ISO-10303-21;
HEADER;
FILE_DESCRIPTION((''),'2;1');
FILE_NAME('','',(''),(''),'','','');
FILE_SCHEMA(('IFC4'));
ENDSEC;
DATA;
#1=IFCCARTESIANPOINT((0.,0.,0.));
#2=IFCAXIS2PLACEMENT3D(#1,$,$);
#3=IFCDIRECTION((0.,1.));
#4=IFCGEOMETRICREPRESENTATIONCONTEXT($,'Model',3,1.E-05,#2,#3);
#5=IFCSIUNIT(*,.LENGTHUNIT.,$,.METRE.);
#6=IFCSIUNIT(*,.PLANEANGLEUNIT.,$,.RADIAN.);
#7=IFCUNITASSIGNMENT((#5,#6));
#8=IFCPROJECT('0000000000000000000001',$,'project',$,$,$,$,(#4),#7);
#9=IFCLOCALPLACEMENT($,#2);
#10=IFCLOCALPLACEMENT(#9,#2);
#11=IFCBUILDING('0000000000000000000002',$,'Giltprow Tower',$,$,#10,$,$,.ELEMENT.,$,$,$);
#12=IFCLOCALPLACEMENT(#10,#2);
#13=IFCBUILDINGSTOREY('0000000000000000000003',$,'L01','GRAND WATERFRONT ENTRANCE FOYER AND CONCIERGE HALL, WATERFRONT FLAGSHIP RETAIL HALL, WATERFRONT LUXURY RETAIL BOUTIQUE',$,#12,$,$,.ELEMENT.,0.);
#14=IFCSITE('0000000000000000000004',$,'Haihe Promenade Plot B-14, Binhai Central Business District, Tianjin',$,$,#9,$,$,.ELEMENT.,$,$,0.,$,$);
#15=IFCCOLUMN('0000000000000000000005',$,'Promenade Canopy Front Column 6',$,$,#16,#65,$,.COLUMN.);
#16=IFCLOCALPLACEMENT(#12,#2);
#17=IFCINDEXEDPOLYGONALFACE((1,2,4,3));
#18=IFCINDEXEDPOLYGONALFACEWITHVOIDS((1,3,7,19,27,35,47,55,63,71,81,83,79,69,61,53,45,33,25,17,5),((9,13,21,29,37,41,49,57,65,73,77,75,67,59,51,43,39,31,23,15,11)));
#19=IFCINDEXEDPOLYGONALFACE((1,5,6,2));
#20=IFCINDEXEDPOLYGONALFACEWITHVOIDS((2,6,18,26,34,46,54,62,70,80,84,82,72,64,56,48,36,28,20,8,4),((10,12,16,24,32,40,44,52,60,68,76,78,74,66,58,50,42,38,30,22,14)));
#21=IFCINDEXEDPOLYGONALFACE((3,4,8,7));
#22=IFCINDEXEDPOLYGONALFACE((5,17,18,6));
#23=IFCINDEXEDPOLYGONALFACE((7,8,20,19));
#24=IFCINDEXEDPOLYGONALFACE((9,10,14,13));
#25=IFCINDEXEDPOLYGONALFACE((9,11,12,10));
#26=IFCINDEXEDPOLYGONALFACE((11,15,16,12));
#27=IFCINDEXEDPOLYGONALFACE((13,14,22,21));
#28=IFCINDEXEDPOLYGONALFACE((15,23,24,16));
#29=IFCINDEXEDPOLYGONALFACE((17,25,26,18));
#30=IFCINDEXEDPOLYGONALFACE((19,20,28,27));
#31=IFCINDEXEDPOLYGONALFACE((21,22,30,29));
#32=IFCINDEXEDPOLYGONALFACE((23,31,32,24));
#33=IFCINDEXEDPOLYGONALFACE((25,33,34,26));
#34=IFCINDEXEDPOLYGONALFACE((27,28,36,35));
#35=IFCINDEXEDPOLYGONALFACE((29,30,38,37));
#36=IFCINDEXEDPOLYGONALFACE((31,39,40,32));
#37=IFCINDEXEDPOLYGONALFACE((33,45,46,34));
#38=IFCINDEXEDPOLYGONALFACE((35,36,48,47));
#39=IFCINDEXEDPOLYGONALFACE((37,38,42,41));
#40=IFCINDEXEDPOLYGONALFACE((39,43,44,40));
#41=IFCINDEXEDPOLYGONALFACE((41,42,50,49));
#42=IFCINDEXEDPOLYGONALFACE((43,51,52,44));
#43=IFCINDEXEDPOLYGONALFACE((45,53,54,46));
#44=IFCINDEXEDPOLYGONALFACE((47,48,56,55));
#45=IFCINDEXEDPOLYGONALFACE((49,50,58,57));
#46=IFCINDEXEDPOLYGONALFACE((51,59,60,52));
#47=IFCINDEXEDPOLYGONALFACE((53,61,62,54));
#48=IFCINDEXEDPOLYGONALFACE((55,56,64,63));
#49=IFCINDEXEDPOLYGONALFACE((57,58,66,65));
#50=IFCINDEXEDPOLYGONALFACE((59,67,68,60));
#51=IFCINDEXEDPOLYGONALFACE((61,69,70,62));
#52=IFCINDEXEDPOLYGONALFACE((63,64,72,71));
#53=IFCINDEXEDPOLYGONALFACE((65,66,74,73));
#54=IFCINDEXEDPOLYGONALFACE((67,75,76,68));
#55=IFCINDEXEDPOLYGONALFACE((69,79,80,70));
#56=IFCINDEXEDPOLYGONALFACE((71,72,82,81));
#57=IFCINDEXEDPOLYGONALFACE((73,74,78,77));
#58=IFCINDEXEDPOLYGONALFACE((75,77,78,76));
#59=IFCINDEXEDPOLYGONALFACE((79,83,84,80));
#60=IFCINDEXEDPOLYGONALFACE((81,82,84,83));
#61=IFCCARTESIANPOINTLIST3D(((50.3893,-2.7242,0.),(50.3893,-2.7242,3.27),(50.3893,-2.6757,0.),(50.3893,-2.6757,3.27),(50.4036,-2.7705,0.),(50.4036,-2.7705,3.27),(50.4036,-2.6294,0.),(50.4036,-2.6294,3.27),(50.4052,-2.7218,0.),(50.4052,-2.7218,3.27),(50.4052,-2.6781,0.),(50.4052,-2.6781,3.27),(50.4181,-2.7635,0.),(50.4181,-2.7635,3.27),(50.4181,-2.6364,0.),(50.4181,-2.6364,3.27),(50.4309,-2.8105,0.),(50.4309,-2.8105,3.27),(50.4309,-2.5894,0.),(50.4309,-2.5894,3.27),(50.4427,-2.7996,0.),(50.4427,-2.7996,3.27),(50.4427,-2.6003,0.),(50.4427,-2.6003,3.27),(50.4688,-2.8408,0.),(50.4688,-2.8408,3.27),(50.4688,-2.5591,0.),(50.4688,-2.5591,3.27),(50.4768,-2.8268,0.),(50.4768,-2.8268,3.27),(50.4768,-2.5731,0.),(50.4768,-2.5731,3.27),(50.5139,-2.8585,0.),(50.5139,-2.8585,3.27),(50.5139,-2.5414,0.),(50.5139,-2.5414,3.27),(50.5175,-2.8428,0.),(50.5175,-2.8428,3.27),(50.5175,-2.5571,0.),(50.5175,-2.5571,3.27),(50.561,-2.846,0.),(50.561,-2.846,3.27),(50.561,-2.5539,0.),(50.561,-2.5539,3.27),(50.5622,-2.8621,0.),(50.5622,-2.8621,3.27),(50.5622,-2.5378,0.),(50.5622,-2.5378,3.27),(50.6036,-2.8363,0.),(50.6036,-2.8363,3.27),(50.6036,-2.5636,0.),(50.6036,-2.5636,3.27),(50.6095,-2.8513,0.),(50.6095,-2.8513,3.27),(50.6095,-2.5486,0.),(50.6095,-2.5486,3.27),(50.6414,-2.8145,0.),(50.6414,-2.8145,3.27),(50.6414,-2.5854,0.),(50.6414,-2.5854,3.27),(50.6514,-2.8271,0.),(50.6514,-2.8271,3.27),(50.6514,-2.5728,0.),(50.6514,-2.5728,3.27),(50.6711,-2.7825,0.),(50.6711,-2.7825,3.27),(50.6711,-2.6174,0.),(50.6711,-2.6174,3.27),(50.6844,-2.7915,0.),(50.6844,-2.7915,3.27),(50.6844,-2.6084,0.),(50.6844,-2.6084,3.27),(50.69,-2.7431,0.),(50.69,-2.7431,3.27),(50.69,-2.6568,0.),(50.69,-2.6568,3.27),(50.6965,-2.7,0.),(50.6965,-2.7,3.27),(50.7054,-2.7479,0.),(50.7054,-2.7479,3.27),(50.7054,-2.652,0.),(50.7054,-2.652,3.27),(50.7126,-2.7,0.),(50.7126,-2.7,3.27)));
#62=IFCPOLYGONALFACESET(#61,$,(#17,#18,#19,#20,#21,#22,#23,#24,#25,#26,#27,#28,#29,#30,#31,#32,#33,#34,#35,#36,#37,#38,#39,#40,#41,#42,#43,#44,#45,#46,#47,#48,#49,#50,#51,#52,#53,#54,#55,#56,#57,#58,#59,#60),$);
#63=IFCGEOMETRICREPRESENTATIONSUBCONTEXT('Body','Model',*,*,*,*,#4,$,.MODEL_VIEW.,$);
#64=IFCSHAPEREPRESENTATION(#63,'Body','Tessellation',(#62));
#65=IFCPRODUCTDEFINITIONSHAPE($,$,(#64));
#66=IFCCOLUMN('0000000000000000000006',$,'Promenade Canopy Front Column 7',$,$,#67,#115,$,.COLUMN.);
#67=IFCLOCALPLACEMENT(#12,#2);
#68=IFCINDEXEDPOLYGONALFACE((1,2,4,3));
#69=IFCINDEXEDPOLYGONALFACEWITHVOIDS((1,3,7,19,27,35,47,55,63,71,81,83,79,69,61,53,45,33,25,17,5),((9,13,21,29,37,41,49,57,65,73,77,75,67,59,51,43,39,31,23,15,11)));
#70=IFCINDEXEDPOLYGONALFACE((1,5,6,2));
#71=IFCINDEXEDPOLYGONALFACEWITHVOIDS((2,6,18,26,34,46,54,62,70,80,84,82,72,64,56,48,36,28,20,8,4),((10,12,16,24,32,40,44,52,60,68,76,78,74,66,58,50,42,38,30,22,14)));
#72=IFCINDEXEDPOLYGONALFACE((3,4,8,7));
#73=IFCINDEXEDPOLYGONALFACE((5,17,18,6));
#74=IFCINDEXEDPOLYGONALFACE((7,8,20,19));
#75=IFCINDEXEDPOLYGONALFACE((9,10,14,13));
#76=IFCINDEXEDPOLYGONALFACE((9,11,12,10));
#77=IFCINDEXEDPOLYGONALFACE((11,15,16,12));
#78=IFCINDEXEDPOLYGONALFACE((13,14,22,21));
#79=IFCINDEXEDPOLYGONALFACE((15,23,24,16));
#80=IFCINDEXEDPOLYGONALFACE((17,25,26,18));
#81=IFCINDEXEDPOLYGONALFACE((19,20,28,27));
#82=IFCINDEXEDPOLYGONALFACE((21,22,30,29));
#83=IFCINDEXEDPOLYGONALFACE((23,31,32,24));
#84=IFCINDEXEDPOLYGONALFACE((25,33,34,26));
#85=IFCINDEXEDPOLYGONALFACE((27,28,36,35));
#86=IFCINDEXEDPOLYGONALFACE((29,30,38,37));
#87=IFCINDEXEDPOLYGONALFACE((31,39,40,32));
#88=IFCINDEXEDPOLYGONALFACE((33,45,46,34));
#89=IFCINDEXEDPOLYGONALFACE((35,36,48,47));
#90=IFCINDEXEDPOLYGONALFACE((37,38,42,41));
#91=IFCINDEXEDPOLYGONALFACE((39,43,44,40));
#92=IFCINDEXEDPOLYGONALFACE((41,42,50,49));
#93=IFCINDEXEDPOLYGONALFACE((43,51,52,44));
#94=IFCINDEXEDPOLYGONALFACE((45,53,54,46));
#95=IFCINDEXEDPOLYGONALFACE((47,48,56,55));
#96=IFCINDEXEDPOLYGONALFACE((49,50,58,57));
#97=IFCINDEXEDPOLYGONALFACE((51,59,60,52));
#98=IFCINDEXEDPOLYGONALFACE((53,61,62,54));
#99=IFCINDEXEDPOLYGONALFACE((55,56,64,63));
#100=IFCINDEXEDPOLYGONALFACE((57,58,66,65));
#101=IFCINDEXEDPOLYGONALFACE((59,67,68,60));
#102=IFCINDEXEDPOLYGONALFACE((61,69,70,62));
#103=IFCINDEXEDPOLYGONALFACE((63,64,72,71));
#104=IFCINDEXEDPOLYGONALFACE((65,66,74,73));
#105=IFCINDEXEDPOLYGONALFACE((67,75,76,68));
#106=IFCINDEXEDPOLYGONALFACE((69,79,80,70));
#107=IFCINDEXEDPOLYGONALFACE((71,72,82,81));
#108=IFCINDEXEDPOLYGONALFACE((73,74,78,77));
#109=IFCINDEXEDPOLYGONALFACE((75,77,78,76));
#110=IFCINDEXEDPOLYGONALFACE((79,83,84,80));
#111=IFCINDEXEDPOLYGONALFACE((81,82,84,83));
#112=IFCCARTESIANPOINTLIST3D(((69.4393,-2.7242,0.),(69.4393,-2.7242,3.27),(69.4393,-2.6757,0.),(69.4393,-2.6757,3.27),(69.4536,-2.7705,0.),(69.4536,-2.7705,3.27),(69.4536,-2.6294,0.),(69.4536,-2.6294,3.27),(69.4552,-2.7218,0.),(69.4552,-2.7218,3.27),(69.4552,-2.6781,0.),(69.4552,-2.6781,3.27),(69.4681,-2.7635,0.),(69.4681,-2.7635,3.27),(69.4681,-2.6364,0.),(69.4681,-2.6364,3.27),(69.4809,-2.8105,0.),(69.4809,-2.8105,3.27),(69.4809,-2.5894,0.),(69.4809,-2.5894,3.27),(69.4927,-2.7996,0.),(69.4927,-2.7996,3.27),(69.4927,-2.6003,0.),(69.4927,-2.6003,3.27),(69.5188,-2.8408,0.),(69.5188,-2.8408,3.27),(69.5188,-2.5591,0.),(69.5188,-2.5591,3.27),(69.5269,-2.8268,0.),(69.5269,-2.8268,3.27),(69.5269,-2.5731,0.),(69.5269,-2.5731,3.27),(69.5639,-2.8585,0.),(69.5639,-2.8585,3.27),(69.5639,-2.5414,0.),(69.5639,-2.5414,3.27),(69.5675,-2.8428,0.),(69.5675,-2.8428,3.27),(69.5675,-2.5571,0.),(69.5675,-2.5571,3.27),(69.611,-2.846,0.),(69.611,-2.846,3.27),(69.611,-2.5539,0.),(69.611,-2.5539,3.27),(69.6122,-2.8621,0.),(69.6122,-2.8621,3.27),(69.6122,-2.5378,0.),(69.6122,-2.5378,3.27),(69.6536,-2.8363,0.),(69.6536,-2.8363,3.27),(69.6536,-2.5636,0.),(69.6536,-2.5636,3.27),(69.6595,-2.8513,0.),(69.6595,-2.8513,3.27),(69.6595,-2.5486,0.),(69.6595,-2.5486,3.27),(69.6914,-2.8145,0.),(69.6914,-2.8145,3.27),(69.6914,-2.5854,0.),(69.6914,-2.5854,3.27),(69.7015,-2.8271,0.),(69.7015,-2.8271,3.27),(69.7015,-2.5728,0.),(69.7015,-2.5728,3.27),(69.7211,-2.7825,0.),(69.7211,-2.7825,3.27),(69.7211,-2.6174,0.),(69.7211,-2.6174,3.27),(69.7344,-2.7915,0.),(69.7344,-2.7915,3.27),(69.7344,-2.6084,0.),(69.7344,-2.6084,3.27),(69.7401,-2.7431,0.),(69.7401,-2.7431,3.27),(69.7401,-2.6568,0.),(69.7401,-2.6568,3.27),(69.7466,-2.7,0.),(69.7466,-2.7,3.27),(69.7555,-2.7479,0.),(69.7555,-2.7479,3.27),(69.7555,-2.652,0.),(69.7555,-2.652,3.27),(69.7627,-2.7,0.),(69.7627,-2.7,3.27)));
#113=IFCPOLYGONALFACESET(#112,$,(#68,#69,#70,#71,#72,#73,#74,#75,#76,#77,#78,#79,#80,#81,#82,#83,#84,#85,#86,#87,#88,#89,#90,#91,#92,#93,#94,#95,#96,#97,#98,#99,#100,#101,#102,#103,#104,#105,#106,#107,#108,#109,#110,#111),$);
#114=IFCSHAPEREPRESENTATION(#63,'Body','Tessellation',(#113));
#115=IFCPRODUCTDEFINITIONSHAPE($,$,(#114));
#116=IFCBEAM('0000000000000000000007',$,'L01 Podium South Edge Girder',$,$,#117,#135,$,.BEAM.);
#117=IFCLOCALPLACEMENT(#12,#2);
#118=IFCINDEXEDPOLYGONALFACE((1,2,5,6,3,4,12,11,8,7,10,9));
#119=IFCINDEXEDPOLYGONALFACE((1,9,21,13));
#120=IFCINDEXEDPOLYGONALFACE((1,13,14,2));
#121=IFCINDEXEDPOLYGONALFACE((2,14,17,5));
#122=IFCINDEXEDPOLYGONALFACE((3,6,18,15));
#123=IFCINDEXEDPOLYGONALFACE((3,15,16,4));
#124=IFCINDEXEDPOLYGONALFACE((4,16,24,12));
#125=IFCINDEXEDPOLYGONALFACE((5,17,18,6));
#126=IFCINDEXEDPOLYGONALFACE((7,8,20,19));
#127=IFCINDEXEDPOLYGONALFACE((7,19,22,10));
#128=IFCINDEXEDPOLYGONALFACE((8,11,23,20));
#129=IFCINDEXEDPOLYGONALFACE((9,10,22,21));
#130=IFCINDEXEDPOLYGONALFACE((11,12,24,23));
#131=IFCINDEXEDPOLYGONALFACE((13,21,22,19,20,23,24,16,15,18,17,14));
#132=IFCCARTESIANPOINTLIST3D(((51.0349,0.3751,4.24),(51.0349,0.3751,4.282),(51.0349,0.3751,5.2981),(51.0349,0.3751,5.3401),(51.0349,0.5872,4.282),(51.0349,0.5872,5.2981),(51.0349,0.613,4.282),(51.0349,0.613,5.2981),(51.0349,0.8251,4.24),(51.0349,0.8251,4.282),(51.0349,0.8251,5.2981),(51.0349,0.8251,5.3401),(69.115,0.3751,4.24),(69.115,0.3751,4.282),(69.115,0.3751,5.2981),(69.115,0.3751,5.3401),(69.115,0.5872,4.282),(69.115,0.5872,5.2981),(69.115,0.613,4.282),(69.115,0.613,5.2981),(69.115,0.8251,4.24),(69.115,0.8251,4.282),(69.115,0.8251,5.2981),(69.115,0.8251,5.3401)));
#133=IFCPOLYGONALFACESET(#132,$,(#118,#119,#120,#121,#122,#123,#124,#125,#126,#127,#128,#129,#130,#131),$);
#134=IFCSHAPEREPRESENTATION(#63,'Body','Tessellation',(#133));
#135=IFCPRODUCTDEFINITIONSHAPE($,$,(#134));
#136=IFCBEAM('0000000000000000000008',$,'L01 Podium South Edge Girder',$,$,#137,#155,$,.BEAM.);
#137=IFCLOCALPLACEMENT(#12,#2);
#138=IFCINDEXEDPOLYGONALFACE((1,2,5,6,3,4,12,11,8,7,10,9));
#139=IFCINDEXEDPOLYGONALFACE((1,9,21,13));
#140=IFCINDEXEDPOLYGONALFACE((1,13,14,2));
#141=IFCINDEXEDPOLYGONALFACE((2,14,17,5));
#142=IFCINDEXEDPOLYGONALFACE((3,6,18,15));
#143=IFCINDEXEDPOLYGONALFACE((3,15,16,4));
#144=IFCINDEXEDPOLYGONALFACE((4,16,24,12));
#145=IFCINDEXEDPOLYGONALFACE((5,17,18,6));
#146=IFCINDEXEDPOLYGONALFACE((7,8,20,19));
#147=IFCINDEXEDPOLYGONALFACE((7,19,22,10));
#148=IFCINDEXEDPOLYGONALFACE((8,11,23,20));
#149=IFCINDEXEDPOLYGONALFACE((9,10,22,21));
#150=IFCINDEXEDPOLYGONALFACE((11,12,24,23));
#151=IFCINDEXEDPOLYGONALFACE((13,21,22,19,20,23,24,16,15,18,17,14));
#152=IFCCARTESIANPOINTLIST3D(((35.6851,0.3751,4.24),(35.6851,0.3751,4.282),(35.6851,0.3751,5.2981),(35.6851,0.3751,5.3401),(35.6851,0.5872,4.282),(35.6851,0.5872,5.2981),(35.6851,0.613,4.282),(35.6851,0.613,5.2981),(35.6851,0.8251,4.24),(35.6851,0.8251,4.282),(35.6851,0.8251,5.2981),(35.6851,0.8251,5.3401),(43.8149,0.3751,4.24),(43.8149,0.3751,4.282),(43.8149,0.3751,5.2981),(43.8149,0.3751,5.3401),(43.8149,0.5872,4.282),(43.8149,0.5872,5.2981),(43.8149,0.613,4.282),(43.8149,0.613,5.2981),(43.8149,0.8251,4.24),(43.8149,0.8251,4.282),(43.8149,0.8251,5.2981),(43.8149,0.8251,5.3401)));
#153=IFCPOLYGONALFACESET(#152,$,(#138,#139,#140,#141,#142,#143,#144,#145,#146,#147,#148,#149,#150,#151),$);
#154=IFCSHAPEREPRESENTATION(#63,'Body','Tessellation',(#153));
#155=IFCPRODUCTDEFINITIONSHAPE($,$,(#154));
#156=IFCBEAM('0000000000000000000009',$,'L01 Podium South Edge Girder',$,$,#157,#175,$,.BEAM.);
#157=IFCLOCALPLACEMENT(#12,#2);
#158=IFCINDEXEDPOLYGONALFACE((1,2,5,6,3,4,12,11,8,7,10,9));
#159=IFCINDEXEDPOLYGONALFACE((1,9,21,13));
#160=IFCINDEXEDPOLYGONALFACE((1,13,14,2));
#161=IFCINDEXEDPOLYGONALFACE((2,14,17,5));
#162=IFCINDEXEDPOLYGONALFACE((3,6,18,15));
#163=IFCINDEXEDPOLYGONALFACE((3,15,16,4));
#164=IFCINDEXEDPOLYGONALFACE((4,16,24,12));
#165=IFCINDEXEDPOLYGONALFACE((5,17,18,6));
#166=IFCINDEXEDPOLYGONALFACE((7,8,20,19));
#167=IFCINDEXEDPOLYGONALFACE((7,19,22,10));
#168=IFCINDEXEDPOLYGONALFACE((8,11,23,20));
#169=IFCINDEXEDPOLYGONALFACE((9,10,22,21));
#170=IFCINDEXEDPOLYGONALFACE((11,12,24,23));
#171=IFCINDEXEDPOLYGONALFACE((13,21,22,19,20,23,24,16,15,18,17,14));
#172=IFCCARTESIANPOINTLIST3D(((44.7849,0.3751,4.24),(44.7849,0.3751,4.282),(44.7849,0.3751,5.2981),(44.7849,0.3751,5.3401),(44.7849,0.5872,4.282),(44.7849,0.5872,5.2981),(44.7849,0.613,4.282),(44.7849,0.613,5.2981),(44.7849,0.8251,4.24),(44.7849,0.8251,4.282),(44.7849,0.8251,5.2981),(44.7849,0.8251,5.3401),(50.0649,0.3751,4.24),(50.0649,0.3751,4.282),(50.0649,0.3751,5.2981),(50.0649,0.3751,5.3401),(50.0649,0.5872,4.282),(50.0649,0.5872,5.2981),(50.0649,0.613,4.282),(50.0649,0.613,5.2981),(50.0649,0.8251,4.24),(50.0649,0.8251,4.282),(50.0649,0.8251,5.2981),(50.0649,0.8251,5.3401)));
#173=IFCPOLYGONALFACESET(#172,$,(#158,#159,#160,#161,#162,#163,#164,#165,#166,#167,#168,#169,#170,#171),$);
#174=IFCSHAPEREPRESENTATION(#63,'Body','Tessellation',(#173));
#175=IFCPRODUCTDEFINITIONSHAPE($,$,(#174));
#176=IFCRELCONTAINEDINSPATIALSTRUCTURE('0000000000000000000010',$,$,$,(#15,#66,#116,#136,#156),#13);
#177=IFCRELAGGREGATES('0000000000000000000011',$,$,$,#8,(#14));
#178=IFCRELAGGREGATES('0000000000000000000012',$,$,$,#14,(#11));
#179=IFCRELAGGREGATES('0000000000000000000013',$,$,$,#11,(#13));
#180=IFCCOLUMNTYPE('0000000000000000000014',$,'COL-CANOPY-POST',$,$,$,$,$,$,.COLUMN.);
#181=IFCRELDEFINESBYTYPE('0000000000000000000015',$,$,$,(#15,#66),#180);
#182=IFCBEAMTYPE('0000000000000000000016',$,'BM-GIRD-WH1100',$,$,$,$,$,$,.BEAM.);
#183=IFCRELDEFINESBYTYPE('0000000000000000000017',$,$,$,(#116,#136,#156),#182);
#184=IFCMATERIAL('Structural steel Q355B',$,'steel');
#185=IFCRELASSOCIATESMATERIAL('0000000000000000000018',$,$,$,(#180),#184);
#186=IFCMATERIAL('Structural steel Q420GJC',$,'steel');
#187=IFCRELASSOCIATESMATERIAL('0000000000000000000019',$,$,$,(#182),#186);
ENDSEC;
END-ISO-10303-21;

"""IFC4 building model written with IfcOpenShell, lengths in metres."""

from ifc_helpers import new_model, si_unit, direction, frame, origin, origin_2d, place, context, subcontext, project, spatial, hollow_circle, i_section, extrude, source, transform, mapped, material, material_profile, profile_set, type_object, element, save


model = new_model("IFC4")

# Units and contexts
model_context = context("Model", 3, precision=1e-05, world=origin(), true_north=direction((0.0, 1.0)))
body_context = subcontext(model_context, "Body", "Model", "MODEL_VIEW")
ifc_project = project(units=[si_unit("LENGTHUNIT", "METRE"), si_unit("PLANEANGLEUNIT", "RADIAN")], contexts=[model_context])

# Site, building, storey
site_placement = place(None, origin())
site = spatial("IfcSite", under=ifc_project, at=site_placement, Name="Haihe Promenade Plot B-14, Binhai Central Business District, Tianjin", CompositionType="ELEMENT", RefElevation=0.0)
building_placement = place(site_placement, origin())
building = spatial("IfcBuilding", under=site, at=building_placement, Name="Giltprow Tower", CompositionType="ELEMENT")
storey_placement = place(building_placement, origin())
storey = spatial("IfcBuildingStorey", under=building, at=storey_placement, Name="L01", Description="GRAND WATERFRONT ENTRANCE FOYER AND CONCIERGE HALL, WATERFRONT FLAGSHIP RETAIL HALL, WATERFRONT LUXURY RETAIL BOUTIQUE", CompositionType="ELEMENT", Elevation=0.0)

# Columns
ifc_material_1 = material(Name="Structural steel Q420GJC", Category="steel")
ifc_material_2 = material(Name="Structural steel Q355B", Category="steel")
ifc_material_profile_1 = material_profile(ifc_material_2, hollow_circle(Radius=0.1626, WallThickness=0.0161, at=origin_2d()), Name="CHS 325x16")
ifc_profile_set_1 = profile_set([ifc_material_profile_1], Name="Structural steel Q355B")
column_type_1 = type_object("IfcColumnType", Name="COL-CANOPY-POST", PredefinedType="COLUMN", material=ifc_profile_set_1)
shared_shape_1 = source(origin(), body_context, "Body", "SweptSolid", [
    extrude(hollow_circle(Radius=0.1626, WallThickness=0.0161, at=origin_2d()), origin(), (0.0, 0.0, 1.0), 3.27),
])
for number, where, z_axis, x_axis, name in (
    (1, (50.55, -2.7, 0.0), (0.0, 0.0, 1.0), (1.0, 0.0, 0.0), "Promenade Canopy Front Column 6"),
    (2, (69.6001, -2.7, 0.0), (0.0, 0.0, 1.0), (1.0, 0.0, 0.0), "Promenade Canopy Front Column 7"),
):
    element("IfcColumn", number, at=place(storey_placement, frame(where, z_axis=z_axis, x_axis=x_axis)), inside=storey, type_object=column_type_1, Name=name, PredefinedType="COLUMN", context=body_context, shape_type="MappedRepresentation", body=[
        mapped(shared_shape_1, transform((0.0, 0.0, 0.0), x_axis=(1.0, 0.0, 0.0), y_axis=(0.0, 1.0, 0.0), z_axis=(0.0, 0.0, 1.0), scale=1.0)),
    ])

# Beams
ifc_material_profile_2 = material_profile(ifc_material_1, i_section(OverallWidth=0.45, OverallDepth=1.1001, WebThickness=0.0259, FlangeThickness=0.042, at=origin_2d()), Name="WH 1100x450x26x42")
ifc_profile_set_2 = profile_set([ifc_material_profile_2], Name="Structural steel Q420GJC")
beam_type_1 = type_object("IfcBeamType", Name="BM-GIRD-WH1100", PredefinedType="BEAM", material=ifc_profile_set_2)
shared_shape_2 = source(origin(), body_context, "Body", "SweptSolid", [
    extrude(i_section(OverallWidth=0.45, OverallDepth=1.1001, WebThickness=0.0259, FlangeThickness=0.042, at=origin_2d()), origin(), (0.0, 0.0, 1.0), 18.0801),
])
beam_1_placement = place(storey_placement, frame((51.0349, 0.6001, 4.79), z_axis=(1.0, 0.0, 0.0), x_axis=(0.0, 1.0, 0.0)))
element("IfcBeam", 3, at=beam_1_placement, inside=storey, type_object=beam_type_1, Name="L01 Podium South Edge Girder", PredefinedType="BEAM", context=body_context, shape_type="MappedRepresentation", body=[
    mapped(shared_shape_2, transform((0.0, 0.0, 0.0), x_axis=(1.0, 0.0, 0.0), y_axis=(0.0, 1.0, 0.0), z_axis=(0.0, 0.0, 1.0), scale=1.0)),
])
shared_shape_3 = source(origin(), body_context, "Body", "SweptSolid", [
    extrude(i_section(OverallWidth=0.45, OverallDepth=1.1001, WebThickness=0.0259, FlangeThickness=0.042, at=origin_2d()), origin(), (0.0, 0.0, 1.0), 8.1299),
])
beam_2_placement = place(storey_placement, frame((35.6851, 0.6001, 4.79), z_axis=(1.0, 0.0, 0.0), x_axis=(0.0, 1.0, 0.0)))
element("IfcBeam", 4, at=beam_2_placement, inside=storey, type_object=beam_type_1, Name="L01 Podium South Edge Girder", PredefinedType="BEAM", context=body_context, shape_type="MappedRepresentation", body=[
    mapped(shared_shape_3, transform((0.0, 0.0, 0.0), x_axis=(1.0, 0.0, 0.0), y_axis=(0.0, 1.0, 0.0), z_axis=(0.0, 0.0, 1.0), scale=1.0)),
])
shared_shape_4 = source(origin(), body_context, "Body", "SweptSolid", [
    extrude(i_section(OverallWidth=0.45, OverallDepth=1.1001, WebThickness=0.0259, FlangeThickness=0.042, at=origin_2d()), origin(), (0.0, 0.0, 1.0), 5.28),
])
beam_3_placement = place(storey_placement, frame((44.7849, 0.6001, 4.79), z_axis=(1.0, 0.0, 0.0), x_axis=(0.0, 1.0, 0.0)))
element("IfcBeam", 5, at=beam_3_placement, inside=storey, type_object=beam_type_1, Name="L01 Podium South Edge Girder", PredefinedType="BEAM", context=body_context, shape_type="MappedRepresentation", body=[
    mapped(shared_shape_4, transform((0.0, 0.0, 0.0), x_axis=(1.0, 0.0, 0.0), y_axis=(0.0, 1.0, 0.0), z_axis=(0.0, 0.0, 1.0), scale=1.0)),
])

save(model, "model.ifc")
